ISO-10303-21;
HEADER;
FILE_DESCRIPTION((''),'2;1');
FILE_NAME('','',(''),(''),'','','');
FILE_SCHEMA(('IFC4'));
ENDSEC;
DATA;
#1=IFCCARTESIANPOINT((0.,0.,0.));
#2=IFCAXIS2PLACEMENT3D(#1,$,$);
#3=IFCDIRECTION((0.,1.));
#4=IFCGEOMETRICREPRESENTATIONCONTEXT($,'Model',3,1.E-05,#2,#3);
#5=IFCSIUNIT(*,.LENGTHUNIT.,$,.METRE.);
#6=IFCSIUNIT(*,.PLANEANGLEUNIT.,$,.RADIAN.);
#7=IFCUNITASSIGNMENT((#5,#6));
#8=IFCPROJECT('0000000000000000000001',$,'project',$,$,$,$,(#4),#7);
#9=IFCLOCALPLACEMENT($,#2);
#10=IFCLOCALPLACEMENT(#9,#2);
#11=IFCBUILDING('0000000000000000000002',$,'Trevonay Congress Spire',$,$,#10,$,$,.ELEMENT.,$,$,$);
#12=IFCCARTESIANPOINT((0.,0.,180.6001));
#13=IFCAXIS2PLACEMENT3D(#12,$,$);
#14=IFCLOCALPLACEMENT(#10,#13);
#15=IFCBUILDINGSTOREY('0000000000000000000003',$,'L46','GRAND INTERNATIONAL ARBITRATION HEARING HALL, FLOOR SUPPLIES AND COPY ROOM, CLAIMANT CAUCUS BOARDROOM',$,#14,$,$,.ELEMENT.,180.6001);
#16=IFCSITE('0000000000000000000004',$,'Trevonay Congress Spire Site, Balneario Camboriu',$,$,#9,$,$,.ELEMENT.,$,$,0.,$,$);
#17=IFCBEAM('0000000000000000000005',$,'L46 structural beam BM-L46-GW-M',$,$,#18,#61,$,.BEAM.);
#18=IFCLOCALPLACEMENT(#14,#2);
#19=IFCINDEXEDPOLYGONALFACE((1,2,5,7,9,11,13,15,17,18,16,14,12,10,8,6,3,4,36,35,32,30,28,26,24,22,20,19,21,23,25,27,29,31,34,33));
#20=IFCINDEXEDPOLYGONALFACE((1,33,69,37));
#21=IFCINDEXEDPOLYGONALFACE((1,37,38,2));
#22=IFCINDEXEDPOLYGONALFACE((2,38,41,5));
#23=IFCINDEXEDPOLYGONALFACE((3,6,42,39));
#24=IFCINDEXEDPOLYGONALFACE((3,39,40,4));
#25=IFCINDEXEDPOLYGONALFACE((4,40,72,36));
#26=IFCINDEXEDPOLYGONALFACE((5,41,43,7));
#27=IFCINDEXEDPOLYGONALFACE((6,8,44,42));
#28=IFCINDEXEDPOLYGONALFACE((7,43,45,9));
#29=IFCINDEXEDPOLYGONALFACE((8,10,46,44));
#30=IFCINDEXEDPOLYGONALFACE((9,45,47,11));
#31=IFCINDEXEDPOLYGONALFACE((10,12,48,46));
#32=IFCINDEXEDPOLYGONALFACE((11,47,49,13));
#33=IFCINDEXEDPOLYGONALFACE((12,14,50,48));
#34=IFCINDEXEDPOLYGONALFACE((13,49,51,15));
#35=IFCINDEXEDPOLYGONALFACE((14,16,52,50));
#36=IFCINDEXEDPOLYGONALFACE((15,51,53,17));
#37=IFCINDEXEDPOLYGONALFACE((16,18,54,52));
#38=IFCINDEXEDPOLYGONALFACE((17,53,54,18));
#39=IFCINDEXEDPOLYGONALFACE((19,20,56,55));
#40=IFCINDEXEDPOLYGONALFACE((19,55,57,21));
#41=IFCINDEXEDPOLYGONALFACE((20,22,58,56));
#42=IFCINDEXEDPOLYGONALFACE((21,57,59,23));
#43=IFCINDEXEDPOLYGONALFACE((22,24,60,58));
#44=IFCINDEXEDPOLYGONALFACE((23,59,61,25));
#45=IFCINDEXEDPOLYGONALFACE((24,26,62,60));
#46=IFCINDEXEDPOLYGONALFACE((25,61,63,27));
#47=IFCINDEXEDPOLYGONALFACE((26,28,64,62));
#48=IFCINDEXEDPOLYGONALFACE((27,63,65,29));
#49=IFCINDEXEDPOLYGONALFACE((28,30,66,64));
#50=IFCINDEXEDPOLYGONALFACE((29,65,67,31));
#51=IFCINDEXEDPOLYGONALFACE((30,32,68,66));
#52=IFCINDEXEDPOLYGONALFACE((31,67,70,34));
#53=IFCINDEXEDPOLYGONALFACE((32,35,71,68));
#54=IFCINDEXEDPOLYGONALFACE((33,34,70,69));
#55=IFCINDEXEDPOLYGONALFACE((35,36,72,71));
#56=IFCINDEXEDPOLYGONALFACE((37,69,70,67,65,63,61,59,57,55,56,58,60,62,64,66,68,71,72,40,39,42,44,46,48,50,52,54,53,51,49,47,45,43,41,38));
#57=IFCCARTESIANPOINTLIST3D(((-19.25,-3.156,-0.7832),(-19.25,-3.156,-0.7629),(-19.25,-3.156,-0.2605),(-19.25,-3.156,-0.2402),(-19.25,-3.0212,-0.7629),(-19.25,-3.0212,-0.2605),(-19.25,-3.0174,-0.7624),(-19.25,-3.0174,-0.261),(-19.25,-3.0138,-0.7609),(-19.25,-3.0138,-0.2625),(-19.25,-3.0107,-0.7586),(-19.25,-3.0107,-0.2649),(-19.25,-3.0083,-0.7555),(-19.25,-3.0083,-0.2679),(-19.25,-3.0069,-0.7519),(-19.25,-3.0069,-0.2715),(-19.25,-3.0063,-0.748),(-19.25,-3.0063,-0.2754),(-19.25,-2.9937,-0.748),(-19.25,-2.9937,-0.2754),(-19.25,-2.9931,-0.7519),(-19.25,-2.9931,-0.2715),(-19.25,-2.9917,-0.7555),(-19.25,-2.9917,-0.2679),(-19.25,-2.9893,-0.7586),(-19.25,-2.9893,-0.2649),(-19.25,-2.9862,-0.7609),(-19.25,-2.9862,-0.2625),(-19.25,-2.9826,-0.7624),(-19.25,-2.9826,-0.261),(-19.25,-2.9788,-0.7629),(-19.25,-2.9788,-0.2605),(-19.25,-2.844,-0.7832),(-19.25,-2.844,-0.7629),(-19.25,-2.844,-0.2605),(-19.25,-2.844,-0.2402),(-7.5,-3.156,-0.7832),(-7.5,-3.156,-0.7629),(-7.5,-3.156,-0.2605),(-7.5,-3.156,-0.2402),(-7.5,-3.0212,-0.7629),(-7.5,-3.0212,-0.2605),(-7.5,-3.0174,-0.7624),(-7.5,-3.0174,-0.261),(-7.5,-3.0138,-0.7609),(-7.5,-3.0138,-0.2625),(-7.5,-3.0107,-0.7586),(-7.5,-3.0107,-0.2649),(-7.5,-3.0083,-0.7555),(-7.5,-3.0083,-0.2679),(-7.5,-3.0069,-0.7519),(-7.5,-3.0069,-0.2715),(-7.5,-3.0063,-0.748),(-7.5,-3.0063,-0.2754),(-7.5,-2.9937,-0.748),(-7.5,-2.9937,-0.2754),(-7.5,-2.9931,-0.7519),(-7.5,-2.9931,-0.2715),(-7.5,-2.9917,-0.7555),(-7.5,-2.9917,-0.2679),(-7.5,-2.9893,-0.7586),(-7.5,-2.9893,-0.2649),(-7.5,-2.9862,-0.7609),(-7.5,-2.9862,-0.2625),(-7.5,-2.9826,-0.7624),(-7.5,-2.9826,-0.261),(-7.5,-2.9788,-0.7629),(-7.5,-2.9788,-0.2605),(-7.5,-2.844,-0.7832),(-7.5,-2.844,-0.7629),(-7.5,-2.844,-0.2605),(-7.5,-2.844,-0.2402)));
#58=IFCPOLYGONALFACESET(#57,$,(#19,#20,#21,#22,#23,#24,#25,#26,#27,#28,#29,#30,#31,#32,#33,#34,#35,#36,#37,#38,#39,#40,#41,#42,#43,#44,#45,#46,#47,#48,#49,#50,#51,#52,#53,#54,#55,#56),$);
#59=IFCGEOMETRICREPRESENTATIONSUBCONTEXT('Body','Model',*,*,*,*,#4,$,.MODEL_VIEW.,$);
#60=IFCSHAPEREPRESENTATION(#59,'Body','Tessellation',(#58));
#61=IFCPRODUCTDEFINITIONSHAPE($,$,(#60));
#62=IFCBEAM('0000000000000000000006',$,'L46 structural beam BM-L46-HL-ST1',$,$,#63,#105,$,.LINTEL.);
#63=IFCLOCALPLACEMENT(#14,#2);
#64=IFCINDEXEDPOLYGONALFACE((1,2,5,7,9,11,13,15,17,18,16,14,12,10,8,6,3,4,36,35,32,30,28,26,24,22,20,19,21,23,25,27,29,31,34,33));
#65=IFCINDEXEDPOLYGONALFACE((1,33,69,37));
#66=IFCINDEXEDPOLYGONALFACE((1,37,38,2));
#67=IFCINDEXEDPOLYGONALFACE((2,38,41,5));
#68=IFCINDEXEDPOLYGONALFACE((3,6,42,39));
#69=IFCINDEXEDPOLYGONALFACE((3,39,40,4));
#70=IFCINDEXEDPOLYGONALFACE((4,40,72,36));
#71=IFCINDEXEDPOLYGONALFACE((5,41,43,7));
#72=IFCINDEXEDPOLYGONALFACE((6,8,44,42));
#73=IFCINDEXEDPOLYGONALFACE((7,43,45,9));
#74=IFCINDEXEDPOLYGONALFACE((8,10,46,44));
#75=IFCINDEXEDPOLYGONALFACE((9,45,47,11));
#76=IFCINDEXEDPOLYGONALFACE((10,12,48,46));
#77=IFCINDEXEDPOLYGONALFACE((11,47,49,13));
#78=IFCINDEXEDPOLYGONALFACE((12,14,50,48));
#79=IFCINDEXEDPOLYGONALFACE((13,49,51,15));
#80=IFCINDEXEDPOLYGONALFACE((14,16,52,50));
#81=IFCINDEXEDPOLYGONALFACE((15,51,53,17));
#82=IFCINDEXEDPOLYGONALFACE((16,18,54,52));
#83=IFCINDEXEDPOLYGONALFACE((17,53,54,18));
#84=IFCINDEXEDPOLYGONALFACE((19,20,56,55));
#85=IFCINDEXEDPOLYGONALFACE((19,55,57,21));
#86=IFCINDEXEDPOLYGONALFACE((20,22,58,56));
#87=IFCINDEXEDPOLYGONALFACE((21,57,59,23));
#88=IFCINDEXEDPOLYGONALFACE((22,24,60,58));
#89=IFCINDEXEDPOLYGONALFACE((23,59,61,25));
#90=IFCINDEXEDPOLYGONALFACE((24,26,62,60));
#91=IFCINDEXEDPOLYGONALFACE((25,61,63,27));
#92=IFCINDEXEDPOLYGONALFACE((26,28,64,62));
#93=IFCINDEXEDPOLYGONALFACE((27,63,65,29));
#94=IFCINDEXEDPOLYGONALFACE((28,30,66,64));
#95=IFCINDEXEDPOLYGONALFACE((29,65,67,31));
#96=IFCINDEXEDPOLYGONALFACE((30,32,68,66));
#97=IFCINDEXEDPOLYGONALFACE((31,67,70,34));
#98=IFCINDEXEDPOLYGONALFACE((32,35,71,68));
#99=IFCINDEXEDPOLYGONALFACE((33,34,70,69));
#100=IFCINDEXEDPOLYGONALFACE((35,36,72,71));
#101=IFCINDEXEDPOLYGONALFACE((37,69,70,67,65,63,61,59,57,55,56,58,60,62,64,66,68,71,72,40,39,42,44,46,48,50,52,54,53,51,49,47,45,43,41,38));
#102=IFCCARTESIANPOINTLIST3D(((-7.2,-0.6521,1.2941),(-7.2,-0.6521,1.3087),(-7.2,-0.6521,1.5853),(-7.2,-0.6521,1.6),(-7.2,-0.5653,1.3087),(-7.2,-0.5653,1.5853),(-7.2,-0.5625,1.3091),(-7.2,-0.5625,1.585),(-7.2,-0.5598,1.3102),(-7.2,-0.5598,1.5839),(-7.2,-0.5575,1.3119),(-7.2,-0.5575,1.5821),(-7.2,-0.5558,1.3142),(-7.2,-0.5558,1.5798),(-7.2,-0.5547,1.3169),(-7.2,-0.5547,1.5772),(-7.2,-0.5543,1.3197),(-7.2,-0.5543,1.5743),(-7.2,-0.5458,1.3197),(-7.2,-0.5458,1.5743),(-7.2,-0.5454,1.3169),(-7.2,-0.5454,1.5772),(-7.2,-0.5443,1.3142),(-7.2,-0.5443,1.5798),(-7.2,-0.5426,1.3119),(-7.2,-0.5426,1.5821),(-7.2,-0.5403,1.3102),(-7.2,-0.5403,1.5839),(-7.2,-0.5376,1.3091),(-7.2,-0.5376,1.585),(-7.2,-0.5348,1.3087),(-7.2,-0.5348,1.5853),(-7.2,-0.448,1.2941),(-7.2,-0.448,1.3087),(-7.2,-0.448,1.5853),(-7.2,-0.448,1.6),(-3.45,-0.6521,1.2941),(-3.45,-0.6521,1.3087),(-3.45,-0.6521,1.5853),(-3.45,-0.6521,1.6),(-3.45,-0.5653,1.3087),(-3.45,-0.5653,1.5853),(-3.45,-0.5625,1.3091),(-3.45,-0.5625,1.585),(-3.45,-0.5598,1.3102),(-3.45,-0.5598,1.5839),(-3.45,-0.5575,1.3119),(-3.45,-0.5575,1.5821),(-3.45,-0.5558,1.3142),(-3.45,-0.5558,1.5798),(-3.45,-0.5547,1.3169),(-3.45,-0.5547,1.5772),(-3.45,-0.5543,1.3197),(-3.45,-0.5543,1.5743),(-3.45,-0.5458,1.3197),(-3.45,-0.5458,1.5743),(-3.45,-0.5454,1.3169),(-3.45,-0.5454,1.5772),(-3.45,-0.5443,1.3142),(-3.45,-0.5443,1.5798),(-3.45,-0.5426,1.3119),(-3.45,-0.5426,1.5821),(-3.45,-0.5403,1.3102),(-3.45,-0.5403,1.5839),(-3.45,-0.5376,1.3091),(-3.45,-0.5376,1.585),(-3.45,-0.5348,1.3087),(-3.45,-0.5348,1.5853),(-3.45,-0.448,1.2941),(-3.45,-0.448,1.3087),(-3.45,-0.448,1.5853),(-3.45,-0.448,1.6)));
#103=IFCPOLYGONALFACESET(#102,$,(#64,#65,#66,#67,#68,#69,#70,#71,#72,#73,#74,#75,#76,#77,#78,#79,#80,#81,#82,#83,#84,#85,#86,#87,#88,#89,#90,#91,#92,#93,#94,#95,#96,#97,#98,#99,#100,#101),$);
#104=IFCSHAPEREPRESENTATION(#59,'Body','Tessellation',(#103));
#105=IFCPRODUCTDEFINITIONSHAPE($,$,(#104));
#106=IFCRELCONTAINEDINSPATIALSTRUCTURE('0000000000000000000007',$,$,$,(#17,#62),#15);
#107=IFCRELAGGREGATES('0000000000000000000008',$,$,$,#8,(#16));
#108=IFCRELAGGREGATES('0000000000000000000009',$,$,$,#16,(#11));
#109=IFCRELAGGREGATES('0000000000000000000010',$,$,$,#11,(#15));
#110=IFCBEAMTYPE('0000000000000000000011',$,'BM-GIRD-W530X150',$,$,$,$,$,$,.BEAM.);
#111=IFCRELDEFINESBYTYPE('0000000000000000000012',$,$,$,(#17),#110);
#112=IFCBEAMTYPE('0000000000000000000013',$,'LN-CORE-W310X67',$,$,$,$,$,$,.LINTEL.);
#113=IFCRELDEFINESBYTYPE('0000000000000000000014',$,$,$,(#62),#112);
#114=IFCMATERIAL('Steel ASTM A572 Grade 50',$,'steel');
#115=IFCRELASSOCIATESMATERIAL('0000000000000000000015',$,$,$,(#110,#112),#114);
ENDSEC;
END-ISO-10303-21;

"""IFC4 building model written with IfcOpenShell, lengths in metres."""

from ifc_helpers import new_model, si_unit, direction, frame, origin, origin_2d, place, context, subcontext, project, spatial, i_section, extrude, material, material_profile, profile_set, type_object, element, save


model = new_model("IFC4")

# Units and contexts
model_context = context("Model", 3, precision=1e-05, world=origin(), true_north=direction((0.0, 1.0)))
body_context = subcontext(model_context, "Body", "Model", "MODEL_VIEW")
ifc_project = project(units=[si_unit("LENGTHUNIT", "METRE"), si_unit("PLANEANGLEUNIT", "RADIAN")], contexts=[model_context])

# Site, building, storey
site_placement = place(None, origin())
site = spatial("IfcSite", under=ifc_project, at=site_placement, Name="Trevonay Congress Spire Site, Balneario Camboriu", CompositionType="ELEMENT", RefElevation=0.0)
building_placement = place(site_placement, origin())
building = spatial("IfcBuilding", under=site, at=building_placement, Name="Trevonay Congress Spire", CompositionType="ELEMENT")
storey_placement = place(building_placement, frame((0.0, 0.0, 180.6001)))
storey = spatial("IfcBuildingStorey", under=building, at=storey_placement, Name="L46", Description="GRAND INTERNATIONAL ARBITRATION HEARING HALL, FLOOR SUPPLIES AND COPY ROOM, CLAIMANT CAUCUS BOARDROOM", CompositionType="ELEMENT", Elevation=180.6001)

# Shared definitions
ifc_material_1 = material(Name="Steel ASTM A572 Grade 50", Category="steel")

# Beams
ifc_material_profile_1 = material_profile(ifc_material_1, i_section(OverallWidth=0.312, OverallDepth=0.543, WebThickness=0.0127, FlangeThickness=0.0203, FilletRadius=0.0149, at=origin_2d()), Name="W530x150")
ifc_profile_set_1 = profile_set([ifc_material_profile_1], Name="Steel ASTM A572 Grade 50")
beam_type_1 = type_object("IfcBeamType", Name="BM-GIRD-W530X150", PredefinedType="BEAM", material=ifc_profile_set_1)
for number, where, z_axis, x_axis, name in (
    (1, (-7.5, -3.0, -0.5117), (-1.0, 0.0, 0.0), (0.0, -1.0, 0.0), "L46 structural beam BM-L46-GW-M"),
):
    element("IfcBeam", number, at=place(storey_placement, frame(where, z_axis=z_axis, x_axis=x_axis)), inside=storey, type_object=beam_type_1, Name=name, PredefinedType="BEAM", context=body_context, shape_type="SweptSolid", body=[
        extrude(i_section(OverallWidth=0.312, OverallDepth=0.543, WebThickness=0.0127, FlangeThickness=0.0203, FilletRadius=0.0149, at=origin_2d()), origin(), (0.0, 0.0, 1.0), 11.75),
    ])
ifc_material_profile_2 = material_profile(ifc_material_1, i_section(OverallWidth=0.2041, OverallDepth=0.3059, WebThickness=0.0085, FlangeThickness=0.0146, FilletRadius=0.011, at=origin_2d()), Name="W310x67")
ifc_profile_set_2 = profile_set([ifc_material_profile_2], Name="Steel ASTM A572 Grade 50")
beam_type_2 = type_object("IfcBeamType", Name="LN-CORE-W310X67", PredefinedType="LINTEL", material=ifc_profile_set_2)
beam_1_placement = place(storey_placement, frame((-7.2, -0.55, 1.447), z_axis=(1.0, 0.0, 0.0), x_axis=(0.0, 1.0, 0.0)))
element("IfcBeam", 2, at=beam_1_placement, inside=storey, type_object=beam_type_2, Name="L46 structural beam BM-L46-HL-ST1", PredefinedType="LINTEL", context=body_context, shape_type="SweptSolid", body=[
    extrude(i_section(OverallWidth=0.2041, OverallDepth=0.3059, WebThickness=0.0085, FlangeThickness=0.0146, FilletRadius=0.011, at=origin_2d()), origin(), (0.0, 0.0, 1.0), 3.75),
])

save(model, "model.ifc")
